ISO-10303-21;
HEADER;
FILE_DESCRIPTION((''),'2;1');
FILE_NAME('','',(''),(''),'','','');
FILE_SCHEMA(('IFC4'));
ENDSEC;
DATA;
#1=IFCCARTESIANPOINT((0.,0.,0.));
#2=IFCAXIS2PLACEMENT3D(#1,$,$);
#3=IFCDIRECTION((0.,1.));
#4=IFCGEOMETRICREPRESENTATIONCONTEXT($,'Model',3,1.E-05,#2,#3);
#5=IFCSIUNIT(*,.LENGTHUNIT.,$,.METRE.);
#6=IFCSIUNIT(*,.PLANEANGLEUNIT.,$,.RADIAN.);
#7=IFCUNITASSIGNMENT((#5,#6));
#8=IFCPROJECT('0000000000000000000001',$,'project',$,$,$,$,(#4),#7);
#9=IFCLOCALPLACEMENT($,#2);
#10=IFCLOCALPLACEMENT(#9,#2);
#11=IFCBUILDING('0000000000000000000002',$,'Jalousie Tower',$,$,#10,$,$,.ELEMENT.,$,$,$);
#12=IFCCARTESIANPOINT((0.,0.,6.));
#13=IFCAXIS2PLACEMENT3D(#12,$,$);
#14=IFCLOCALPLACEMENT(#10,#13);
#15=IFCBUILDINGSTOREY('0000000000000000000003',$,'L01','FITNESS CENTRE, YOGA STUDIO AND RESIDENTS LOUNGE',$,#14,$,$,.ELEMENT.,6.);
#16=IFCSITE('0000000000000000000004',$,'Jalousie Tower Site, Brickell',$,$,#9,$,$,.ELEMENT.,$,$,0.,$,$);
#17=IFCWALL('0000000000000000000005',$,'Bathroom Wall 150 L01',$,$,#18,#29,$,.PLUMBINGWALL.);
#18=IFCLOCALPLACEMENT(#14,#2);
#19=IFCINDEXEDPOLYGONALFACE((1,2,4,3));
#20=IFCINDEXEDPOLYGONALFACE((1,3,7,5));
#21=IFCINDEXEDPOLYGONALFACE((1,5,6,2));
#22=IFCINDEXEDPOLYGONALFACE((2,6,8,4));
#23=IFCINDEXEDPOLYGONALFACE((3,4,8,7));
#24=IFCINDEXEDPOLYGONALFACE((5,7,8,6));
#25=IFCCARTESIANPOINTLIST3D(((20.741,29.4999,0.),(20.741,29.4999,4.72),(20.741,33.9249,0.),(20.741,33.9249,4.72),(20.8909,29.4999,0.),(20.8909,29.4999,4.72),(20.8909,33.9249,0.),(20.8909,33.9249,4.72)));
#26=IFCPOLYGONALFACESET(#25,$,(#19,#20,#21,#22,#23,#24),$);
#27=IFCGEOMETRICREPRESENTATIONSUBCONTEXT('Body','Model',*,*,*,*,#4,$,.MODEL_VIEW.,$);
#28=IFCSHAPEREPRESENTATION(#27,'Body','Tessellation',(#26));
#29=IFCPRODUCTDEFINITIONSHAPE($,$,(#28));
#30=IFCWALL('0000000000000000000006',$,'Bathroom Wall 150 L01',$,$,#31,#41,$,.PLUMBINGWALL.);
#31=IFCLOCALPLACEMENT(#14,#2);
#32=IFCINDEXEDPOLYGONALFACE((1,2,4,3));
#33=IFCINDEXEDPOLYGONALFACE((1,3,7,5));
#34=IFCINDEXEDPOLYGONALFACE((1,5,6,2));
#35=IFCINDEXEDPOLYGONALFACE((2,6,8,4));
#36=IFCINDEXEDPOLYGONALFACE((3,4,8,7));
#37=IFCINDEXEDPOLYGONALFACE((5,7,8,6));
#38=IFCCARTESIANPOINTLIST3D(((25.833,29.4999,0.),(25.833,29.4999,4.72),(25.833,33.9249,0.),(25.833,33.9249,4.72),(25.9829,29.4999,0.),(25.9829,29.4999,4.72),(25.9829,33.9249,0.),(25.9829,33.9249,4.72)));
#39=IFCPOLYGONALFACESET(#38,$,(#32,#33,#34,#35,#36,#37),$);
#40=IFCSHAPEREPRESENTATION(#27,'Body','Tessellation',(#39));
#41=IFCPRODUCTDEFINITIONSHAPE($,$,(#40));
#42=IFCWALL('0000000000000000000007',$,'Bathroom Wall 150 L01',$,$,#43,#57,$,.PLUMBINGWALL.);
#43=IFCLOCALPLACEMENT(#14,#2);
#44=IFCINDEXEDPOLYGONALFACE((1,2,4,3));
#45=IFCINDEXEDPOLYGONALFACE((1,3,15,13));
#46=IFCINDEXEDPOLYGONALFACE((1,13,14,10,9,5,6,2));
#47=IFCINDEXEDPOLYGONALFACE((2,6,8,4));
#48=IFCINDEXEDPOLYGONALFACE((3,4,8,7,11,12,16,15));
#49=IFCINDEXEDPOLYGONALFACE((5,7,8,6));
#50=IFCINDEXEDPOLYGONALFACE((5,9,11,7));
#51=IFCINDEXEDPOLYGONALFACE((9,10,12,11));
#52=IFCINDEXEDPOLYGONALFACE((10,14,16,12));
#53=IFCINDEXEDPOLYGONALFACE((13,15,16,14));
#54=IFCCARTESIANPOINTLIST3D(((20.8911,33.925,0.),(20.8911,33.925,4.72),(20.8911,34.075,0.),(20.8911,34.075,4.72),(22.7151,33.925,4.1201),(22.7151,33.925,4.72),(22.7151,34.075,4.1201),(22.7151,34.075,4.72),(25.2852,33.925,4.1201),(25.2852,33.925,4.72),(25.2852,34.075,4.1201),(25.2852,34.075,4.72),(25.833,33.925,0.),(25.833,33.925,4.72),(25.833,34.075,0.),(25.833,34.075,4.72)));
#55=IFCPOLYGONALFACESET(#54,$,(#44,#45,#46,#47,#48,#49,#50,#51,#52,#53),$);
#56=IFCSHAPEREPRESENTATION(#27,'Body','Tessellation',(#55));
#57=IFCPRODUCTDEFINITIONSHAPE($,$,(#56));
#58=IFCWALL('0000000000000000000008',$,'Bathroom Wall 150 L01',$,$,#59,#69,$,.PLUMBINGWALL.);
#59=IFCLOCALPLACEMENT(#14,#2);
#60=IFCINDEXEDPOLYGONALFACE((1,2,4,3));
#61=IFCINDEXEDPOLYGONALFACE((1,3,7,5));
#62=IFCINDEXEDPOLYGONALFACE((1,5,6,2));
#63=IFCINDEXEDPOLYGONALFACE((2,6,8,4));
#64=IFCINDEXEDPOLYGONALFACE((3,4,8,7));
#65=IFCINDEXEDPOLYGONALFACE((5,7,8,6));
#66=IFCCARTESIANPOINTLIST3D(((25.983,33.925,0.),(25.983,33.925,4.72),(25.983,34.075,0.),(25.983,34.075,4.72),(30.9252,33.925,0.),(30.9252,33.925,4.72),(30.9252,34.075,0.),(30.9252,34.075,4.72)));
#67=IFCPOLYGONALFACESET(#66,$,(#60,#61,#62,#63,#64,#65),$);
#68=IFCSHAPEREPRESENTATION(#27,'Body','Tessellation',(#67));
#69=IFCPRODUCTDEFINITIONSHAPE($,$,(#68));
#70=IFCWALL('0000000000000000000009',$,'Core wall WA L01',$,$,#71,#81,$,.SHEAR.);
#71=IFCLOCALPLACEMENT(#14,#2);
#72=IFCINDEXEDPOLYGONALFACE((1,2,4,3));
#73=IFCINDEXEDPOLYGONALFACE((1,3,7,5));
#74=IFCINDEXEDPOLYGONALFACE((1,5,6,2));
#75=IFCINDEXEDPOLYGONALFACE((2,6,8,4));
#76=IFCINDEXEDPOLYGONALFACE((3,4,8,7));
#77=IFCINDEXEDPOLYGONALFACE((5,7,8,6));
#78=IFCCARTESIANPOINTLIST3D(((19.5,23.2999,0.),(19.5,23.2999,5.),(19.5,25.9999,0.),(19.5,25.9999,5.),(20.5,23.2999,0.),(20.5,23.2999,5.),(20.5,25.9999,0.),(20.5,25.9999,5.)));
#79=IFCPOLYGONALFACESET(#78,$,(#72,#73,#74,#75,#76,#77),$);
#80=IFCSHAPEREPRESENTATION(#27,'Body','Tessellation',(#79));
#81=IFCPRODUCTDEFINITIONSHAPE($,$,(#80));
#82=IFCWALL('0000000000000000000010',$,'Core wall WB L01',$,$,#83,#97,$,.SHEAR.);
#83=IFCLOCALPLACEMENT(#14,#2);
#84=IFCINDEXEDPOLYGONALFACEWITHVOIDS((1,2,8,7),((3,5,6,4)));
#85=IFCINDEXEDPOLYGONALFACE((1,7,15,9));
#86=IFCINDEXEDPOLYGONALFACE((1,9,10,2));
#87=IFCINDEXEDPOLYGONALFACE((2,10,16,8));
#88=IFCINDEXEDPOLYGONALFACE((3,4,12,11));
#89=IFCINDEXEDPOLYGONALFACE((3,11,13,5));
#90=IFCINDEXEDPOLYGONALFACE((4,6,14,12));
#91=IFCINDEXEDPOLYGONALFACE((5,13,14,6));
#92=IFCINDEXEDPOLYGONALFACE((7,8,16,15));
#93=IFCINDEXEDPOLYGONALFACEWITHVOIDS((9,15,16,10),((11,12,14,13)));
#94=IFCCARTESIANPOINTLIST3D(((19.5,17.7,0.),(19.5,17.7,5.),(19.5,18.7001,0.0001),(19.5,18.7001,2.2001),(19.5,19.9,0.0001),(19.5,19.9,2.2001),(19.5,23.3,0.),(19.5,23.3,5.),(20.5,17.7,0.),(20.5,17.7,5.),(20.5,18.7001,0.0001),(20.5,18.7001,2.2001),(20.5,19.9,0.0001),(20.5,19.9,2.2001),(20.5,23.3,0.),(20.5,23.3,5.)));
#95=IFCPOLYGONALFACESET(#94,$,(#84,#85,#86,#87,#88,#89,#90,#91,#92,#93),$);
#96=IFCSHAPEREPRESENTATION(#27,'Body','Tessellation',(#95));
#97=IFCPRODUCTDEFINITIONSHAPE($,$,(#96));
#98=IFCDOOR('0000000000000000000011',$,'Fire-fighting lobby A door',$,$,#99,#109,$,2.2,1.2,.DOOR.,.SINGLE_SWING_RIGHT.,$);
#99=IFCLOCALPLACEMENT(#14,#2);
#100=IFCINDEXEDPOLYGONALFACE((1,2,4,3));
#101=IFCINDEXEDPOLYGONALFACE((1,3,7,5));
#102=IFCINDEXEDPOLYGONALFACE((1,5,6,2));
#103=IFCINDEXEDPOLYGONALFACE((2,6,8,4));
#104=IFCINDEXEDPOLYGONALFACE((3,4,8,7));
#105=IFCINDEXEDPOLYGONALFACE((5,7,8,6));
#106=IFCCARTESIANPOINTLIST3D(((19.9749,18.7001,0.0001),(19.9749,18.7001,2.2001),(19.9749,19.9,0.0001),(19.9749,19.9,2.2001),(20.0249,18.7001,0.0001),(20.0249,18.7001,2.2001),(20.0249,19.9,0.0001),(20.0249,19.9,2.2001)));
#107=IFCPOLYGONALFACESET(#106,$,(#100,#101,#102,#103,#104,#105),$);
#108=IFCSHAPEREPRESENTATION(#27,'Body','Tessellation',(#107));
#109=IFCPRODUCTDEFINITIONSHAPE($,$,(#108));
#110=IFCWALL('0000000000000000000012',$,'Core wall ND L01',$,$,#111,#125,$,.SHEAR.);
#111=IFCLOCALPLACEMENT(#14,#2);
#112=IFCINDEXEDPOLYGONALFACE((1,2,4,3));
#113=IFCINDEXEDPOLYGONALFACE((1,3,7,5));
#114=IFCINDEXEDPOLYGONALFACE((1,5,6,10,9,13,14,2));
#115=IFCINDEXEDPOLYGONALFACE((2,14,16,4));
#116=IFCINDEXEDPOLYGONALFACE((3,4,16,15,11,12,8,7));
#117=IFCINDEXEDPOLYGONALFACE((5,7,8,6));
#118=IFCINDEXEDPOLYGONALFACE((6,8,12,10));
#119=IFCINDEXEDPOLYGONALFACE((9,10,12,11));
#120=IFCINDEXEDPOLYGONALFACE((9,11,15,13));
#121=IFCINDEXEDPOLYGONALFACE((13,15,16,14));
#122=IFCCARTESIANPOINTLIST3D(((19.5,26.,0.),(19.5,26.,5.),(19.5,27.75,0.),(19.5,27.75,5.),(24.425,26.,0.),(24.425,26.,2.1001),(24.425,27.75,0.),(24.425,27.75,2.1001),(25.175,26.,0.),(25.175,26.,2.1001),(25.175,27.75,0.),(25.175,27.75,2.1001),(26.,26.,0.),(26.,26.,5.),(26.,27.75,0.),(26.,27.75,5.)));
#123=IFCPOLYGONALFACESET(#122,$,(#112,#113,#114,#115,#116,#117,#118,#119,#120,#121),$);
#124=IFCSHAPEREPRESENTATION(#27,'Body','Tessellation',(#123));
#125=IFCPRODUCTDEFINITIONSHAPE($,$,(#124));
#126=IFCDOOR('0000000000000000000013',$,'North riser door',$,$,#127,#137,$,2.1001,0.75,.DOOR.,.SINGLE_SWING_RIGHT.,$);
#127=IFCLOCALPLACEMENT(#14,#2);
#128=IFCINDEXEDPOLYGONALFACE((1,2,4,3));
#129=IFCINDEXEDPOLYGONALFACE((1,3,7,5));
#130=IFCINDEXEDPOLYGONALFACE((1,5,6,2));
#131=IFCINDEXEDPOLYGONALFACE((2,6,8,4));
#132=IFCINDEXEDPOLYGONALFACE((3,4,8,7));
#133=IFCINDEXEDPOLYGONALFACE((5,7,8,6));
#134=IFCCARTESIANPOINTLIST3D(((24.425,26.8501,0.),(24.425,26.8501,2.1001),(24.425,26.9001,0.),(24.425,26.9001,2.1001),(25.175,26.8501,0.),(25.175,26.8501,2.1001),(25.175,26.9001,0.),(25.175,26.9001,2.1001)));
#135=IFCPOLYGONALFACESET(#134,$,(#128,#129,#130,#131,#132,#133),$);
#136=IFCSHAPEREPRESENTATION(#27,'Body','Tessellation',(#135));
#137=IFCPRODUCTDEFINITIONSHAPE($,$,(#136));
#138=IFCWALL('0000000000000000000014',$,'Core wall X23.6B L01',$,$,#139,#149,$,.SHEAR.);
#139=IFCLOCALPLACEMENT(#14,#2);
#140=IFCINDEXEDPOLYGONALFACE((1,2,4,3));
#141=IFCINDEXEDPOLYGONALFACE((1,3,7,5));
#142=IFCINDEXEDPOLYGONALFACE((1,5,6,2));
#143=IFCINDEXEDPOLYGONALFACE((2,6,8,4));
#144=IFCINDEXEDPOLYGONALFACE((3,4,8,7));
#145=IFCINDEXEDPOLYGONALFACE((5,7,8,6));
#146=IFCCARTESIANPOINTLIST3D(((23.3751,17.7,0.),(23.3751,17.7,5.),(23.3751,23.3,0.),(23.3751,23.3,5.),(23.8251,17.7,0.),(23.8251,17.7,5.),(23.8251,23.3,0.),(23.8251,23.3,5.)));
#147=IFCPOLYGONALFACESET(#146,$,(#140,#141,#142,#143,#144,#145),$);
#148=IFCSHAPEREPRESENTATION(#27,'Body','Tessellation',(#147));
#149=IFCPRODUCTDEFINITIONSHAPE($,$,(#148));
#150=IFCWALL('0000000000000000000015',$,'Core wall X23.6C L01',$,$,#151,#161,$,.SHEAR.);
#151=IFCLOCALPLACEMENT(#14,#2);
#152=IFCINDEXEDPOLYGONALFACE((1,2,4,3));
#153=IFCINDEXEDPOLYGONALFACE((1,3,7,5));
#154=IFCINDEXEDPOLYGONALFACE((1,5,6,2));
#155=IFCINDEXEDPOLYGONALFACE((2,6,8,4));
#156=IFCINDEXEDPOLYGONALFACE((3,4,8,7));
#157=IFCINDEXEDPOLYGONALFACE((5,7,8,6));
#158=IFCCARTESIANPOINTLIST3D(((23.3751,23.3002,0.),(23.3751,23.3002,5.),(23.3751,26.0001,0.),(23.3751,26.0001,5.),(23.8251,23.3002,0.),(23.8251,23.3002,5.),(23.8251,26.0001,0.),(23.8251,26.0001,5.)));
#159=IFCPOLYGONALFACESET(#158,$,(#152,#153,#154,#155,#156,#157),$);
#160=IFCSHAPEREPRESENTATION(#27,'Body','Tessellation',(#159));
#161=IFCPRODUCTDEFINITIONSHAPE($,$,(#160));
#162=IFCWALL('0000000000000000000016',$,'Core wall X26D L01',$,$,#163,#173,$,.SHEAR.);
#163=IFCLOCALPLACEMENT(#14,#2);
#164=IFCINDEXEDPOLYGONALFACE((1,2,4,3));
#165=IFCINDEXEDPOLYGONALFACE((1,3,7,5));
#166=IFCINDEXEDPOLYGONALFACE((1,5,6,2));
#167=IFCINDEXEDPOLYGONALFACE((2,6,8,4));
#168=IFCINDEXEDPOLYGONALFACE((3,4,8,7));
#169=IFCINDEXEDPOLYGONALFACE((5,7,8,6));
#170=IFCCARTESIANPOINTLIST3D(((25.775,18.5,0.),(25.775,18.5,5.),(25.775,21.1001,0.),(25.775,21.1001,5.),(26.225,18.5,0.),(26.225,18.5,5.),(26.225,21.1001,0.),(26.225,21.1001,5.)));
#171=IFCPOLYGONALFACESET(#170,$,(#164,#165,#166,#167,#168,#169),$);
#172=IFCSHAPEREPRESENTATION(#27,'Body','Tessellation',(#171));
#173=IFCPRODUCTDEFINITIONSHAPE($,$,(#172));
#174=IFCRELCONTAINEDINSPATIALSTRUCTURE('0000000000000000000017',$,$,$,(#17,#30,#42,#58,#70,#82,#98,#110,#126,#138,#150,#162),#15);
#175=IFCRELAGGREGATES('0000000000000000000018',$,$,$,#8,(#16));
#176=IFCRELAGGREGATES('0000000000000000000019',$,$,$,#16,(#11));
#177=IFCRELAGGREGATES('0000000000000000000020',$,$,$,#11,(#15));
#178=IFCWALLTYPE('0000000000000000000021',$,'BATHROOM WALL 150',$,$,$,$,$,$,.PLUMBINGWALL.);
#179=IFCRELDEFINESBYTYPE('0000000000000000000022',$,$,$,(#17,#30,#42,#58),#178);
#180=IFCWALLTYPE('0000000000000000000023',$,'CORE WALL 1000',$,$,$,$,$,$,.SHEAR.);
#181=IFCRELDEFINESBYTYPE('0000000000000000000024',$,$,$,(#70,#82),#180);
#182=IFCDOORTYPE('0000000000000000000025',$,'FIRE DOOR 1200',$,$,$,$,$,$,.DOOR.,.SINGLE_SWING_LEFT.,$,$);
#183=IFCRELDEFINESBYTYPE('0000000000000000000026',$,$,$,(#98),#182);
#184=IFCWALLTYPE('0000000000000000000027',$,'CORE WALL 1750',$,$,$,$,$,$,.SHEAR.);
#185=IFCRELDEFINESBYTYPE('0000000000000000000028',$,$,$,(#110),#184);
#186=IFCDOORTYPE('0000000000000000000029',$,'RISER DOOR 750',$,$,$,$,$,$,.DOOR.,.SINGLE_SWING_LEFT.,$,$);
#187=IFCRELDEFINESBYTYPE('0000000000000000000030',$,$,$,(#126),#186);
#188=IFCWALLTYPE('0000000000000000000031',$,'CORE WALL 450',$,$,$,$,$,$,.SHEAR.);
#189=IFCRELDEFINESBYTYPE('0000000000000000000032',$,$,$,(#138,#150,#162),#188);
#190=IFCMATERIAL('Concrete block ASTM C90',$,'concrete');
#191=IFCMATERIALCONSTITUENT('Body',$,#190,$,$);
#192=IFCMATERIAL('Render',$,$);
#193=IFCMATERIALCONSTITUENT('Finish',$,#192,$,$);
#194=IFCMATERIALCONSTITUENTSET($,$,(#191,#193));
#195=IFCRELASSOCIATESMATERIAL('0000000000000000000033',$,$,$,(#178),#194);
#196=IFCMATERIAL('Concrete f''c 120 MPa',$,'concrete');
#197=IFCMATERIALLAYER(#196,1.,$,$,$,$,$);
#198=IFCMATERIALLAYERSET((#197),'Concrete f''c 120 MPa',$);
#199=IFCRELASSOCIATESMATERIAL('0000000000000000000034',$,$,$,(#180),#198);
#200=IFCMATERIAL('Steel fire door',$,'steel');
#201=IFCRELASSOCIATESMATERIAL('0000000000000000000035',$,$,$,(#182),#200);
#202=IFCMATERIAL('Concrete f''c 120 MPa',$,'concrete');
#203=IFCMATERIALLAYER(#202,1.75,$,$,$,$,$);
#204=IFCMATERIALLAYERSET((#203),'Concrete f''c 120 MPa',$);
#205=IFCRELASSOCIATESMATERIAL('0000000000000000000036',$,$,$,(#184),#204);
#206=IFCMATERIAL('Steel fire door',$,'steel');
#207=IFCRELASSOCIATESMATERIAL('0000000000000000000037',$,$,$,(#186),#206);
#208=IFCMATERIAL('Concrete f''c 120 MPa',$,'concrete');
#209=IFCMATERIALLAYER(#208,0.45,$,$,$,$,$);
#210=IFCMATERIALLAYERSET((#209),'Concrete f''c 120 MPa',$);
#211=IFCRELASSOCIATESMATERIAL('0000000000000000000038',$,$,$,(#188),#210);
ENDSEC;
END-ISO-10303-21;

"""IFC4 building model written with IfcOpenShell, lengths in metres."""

from ifc_helpers import new_model, si_unit, direction, frame, frame_2d, origin, place, context, subcontext, project, spatial, polyline, rectangle, outline, extrude, material, layer, layer_set, constituent, constituent_set, type_object, element, fill, save


model = new_model("IFC4")

# Units and contexts
model_context = context("Model", 3, precision=1e-05, world=origin(), true_north=direction((0.0, 1.0)))
body_context = subcontext(model_context, "Body", "Model", "MODEL_VIEW")
ifc_project = project(units=[si_unit("LENGTHUNIT", "METRE"), si_unit("PLANEANGLEUNIT", "RADIAN")], contexts=[model_context])

# Site, building, storey
site_placement = place(None, origin())
site = spatial("IfcSite", under=ifc_project, at=site_placement, Name="Jalousie Tower Site, Brickell", CompositionType="ELEMENT", RefElevation=0.0)
building_placement = place(site_placement, origin())
building = spatial("IfcBuilding", under=site, at=building_placement, Name="Jalousie Tower", CompositionType="ELEMENT")
storey_placement = place(building_placement, frame((0.0, 0.0, 6.0)))
storey = spatial("IfcBuildingStorey", under=building, at=storey_placement, Name="L01", Description="FITNESS CENTRE, YOGA STUDIO AND RESIDENTS LOUNGE", CompositionType="ELEMENT", Elevation=6.0)

# Walls
ifc_material_1 = material(Name="Concrete block ASTM C90", Category="concrete")
ifc_constituent_1 = constituent(ifc_material_1, Name="Body")
ifc_material_2 = material(Name="Render")
ifc_constituent_2 = constituent(ifc_material_2, Name="Finish")
ifc_constituent_set_1 = constituent_set(constituents=[ifc_constituent_1, ifc_constituent_2])
wall_type_1 = type_object("IfcWallType", Name="BATHROOM WALL 150", PredefinedType="PLUMBINGWALL", material=ifc_constituent_set_1)
for number, where, z_axis, x_axis, name in (
    (1, (20.8159, 29.5, 0.0), (0.0, 0.0, 1.0), (0.0, 1.0, 0.0), "Bathroom Wall 150 L01"),
    (2, (25.908, 29.5, 0.0), (0.0, 0.0, 1.0), (0.0, 1.0, 0.0), "Bathroom Wall 150 L01"),
):
    element("IfcWall", number, at=place(storey_placement, frame(where, z_axis=z_axis, x_axis=x_axis)), inside=storey, type_object=wall_type_1, Name=name, PredefinedType="PLUMBINGWALL", context=body_context, shape_type="SweptSolid", body=[
        extrude(rectangle(XDim=4.425, YDim=0.1499, at=frame_2d((2.2124, 0.0))), origin(), (0.0, 0.0, 1.0), 4.72),
    ])
wall_1_placement = place(storey_placement, frame((20.8911, 34.0, 0.0), z_axis=(0.0, 0.0, 1.0), x_axis=(1.0, 0.0, 0.0)))
element("IfcWall", 3, at=wall_1_placement, inside=storey, type_object=wall_type_1, Name="Bathroom Wall 150 L01", PredefinedType="PLUMBINGWALL", context=body_context, shape_type="SweptSolid", body=[
    extrude(outline(polyline([(0.0, 0.0), (4.9419, 0.0), (4.9419, 4.72), (4.394, 4.72), (4.394, 4.1201), (1.824, 4.1201), (1.824, 4.72), (0.0, 4.72), (0.0, 0.0)])), frame((0.0, 0.075, 0.0), z_axis=(0.0, -1.0, 0.0), x_axis=(1.0, 0.0, 0.0)), (0.0, 0.0, 1.0), 0.1499),
])
wall_2_placement = place(storey_placement, frame((25.9829, 34.0, 0.0), z_axis=(0.0, 0.0, 1.0), x_axis=(1.0, 0.0, 0.0)))
element("IfcWall", 4, at=wall_2_placement, inside=storey, type_object=wall_type_1, Name="Bathroom Wall 150 L01", PredefinedType="PLUMBINGWALL", context=body_context, shape_type="SweptSolid", body=[
    extrude(rectangle(XDim=4.9421, YDim=0.1499, at=frame_2d((2.4712, 0.0))), origin(), (0.0, 0.0, 1.0), 4.72),
])
ifc_material_3 = material(Name="Concrete f'c 120 MPa", Category="concrete")
ifc_layer_1 = layer(ifc_material_3, 1.0)
ifc_layer_set_1 = layer_set([ifc_layer_1], Name="Concrete f'c 120 MPa")
wall_type_2 = type_object("IfcWallType", Name="CORE WALL 1000", PredefinedType="SHEAR", material=ifc_layer_set_1)
wall_3_placement = place(storey_placement, frame((20.0, 26.0, 0.0), z_axis=(0.0, 0.0, 1.0), x_axis=(0.0, -1.0, 0.0)))
element("IfcWall", 5, at=wall_3_placement, inside=storey, type_object=wall_type_2, Name="Core wall WA L01", PredefinedType="SHEAR", context=body_context, shape_type="SweptSolid", body=[
    extrude(rectangle(XDim=2.7, YDim=1.0, at=frame_2d((1.3501, 0.0))), origin(), (0.0, 0.0, 1.0), 5.0),
])

# Walls, openings, doors
wall_4_placement = place(storey_placement, frame((20.0, 23.3, 0.0), z_axis=(0.0, 0.0, 1.0), x_axis=(0.0, -1.0, 0.0)))
wall_4 = element("IfcWall", 6, at=wall_4_placement, inside=storey, type_object=wall_type_2, Name="Core wall WB L01", PredefinedType="SHEAR", context=body_context, shape_type="SweptSolid", body=[
    extrude(rectangle(XDim=5.6001, YDim=1.0, at=frame_2d((2.8, 0.0))), origin(), (0.0, 0.0, 1.0), 5.0),
])
opening_1_placement = place(wall_4_placement, frame((3.3999, 0.0, 0.0)))
opening_1 = element("IfcOpeningElement", 7, at=opening_1_placement, cuts=wall_4, PredefinedType="OPENING", context=body_context, shape_type="SweptSolid", body=[
    extrude(rectangle(XDim=1.2, YDim=2.2, at=frame_2d((0.6001, 1.1001))), frame((0.0, 0.51, 0.0), z_axis=(0.0, -1.0, 0.0), x_axis=(1.0, 0.0, 0.0)), (0.0, 0.0, 1.0), 1.02),
])
ifc_material_4 = material(Name="Steel fire door", Category="steel")
door_type_1 = type_object("IfcDoorType", Name="FIRE DOOR 1200", OperationType="SINGLE_SWING_LEFT", PredefinedType="DOOR", material=ifc_material_4)
door_1_placement = place(opening_1_placement, origin())
door_1 = element("IfcDoor", 8, at=door_1_placement, inside=storey, type_object=door_type_1, Name="Fire-fighting lobby A door", OperationType="SINGLE_SWING_RIGHT", OverallHeight=2.2, OverallWidth=1.2, PredefinedType="DOOR", context=body_context, shape_type="SweptSolid", body=[
    extrude(rectangle(XDim=1.2, YDim=2.2, at=frame_2d((0.6001, 1.1001))), frame((0.0, 0.0249, 0.0), z_axis=(0.0, -1.0, 0.0), x_axis=(1.0, 0.0, 0.0)), (0.0, 0.0, 1.0), 0.05),
])
fill(opening_1, door_1)
ifc_material_5 = material(Name="Concrete f'c 120 MPa", Category="concrete")
ifc_layer_2 = layer(ifc_material_5, 1.75)
ifc_layer_set_2 = layer_set([ifc_layer_2], Name="Concrete f'c 120 MPa")
wall_type_3 = type_object("IfcWallType", Name="CORE WALL 1750", PredefinedType="SHEAR", material=ifc_layer_set_2)
wall_5_placement = place(storey_placement, frame((26.0, 26.875, 0.0), z_axis=(0.0, 0.0, 1.0), x_axis=(-1.0, 0.0, 0.0)))
wall_5 = element("IfcWall", 9, at=wall_5_placement, inside=storey, type_object=wall_type_3, Name="Core wall ND L01", PredefinedType="SHEAR", context=body_context, shape_type="SweptSolid", body=[
    extrude(rectangle(XDim=6.5, YDim=1.75, at=frame_2d((3.25, 0.0))), origin(), (0.0, 0.0, 1.0), 5.0),
])
opening_2_placement = place(wall_5_placement, frame((0.825, 0.0, 0.0)))
opening_2 = element("IfcOpeningElement", 10, at=opening_2_placement, cuts=wall_5, PredefinedType="OPENING", context=body_context, shape_type="SweptSolid", body=[
    extrude(rectangle(XDim=0.75, YDim=2.1001, at=frame_2d((0.375, 1.05))), frame((0.0, 0.885, 0.0), z_axis=(0.0, -1.0, 0.0), x_axis=(1.0, 0.0, 0.0)), (0.0, 0.0, 1.0), 1.77),
])
ifc_material_6 = material(Name="Steel fire door", Category="steel")
door_type_2 = type_object("IfcDoorType", Name="RISER DOOR 750", OperationType="SINGLE_SWING_LEFT", PredefinedType="DOOR", material=ifc_material_6)
door_2_placement = place(opening_2_placement, origin())
door_2 = element("IfcDoor", 11, at=door_2_placement, inside=storey, type_object=door_type_2, Name="North riser door", OperationType="SINGLE_SWING_RIGHT", OverallHeight=2.1001, OverallWidth=0.75, PredefinedType="DOOR", context=body_context, shape_type="SweptSolid", body=[
    extrude(rectangle(XDim=0.75, YDim=2.1001, at=frame_2d((0.375, 1.05))), frame((0.0, 0.0249, 0.0), z_axis=(0.0, -1.0, 0.0), x_axis=(1.0, 0.0, 0.0)), (0.0, 0.0, 1.0), 0.05),
])
fill(opening_2, door_2)

# Walls
ifc_material_7 = material(Name="Concrete f'c 120 MPa", Category="concrete")
ifc_layer_3 = layer(ifc_material_7, 0.45)
ifc_layer_set_3 = layer_set([ifc_layer_3], Name="Concrete f'c 120 MPa")
wall_type_4 = type_object("IfcWallType", Name="CORE WALL 450", PredefinedType="SHEAR", material=ifc_layer_set_3)
wall_6_placement = place(storey_placement, frame((23.6001, 17.7, 0.0), z_axis=(0.0, 0.0, 1.0), x_axis=(0.0, 1.0, 0.0)))
element("IfcWall", 12, at=wall_6_placement, inside=storey, type_object=wall_type_4, Name="Core wall X23.6B L01", PredefinedType="SHEAR", context=body_context, shape_type="SweptSolid", body=[
    extrude(rectangle(XDim=5.6001, YDim=0.45, at=frame_2d((2.8, 0.0))), origin(), (0.0, 0.0, 1.0), 5.0),
])
wall_7_placement = place(storey_placement, frame((23.6001, 23.3, 0.0), z_axis=(0.0, 0.0, 1.0), x_axis=(0.0, 1.0, 0.0)))
element("IfcWall", 13, at=wall_7_placement, inside=storey, type_object=wall_type_4, Name="Core wall X23.6C L01", PredefinedType="SHEAR", context=body_context, shape_type="SweptSolid", body=[
    extrude(rectangle(XDim=2.7, YDim=0.45, at=frame_2d((1.3501, 0.0))), origin(), (0.0, 0.0, 1.0), 5.0),
])
wall_8_placement = place(storey_placement, frame((26.0, 18.5, 0.0), z_axis=(0.0, 0.0, 1.0), x_axis=(0.0, 1.0, 0.0)))
element("IfcWall", 14, at=wall_8_placement, inside=storey, type_object=wall_type_4, Name="Core wall X26D L01", PredefinedType="SHEAR", context=body_context, shape_type="SweptSolid", body=[
    extrude(rectangle(XDim=2.6001, YDim=0.45, at=frame_2d((1.3, 0.0))), origin(), (0.0, 0.0, 1.0), 5.0),
])

save(model, "model.ifc")
